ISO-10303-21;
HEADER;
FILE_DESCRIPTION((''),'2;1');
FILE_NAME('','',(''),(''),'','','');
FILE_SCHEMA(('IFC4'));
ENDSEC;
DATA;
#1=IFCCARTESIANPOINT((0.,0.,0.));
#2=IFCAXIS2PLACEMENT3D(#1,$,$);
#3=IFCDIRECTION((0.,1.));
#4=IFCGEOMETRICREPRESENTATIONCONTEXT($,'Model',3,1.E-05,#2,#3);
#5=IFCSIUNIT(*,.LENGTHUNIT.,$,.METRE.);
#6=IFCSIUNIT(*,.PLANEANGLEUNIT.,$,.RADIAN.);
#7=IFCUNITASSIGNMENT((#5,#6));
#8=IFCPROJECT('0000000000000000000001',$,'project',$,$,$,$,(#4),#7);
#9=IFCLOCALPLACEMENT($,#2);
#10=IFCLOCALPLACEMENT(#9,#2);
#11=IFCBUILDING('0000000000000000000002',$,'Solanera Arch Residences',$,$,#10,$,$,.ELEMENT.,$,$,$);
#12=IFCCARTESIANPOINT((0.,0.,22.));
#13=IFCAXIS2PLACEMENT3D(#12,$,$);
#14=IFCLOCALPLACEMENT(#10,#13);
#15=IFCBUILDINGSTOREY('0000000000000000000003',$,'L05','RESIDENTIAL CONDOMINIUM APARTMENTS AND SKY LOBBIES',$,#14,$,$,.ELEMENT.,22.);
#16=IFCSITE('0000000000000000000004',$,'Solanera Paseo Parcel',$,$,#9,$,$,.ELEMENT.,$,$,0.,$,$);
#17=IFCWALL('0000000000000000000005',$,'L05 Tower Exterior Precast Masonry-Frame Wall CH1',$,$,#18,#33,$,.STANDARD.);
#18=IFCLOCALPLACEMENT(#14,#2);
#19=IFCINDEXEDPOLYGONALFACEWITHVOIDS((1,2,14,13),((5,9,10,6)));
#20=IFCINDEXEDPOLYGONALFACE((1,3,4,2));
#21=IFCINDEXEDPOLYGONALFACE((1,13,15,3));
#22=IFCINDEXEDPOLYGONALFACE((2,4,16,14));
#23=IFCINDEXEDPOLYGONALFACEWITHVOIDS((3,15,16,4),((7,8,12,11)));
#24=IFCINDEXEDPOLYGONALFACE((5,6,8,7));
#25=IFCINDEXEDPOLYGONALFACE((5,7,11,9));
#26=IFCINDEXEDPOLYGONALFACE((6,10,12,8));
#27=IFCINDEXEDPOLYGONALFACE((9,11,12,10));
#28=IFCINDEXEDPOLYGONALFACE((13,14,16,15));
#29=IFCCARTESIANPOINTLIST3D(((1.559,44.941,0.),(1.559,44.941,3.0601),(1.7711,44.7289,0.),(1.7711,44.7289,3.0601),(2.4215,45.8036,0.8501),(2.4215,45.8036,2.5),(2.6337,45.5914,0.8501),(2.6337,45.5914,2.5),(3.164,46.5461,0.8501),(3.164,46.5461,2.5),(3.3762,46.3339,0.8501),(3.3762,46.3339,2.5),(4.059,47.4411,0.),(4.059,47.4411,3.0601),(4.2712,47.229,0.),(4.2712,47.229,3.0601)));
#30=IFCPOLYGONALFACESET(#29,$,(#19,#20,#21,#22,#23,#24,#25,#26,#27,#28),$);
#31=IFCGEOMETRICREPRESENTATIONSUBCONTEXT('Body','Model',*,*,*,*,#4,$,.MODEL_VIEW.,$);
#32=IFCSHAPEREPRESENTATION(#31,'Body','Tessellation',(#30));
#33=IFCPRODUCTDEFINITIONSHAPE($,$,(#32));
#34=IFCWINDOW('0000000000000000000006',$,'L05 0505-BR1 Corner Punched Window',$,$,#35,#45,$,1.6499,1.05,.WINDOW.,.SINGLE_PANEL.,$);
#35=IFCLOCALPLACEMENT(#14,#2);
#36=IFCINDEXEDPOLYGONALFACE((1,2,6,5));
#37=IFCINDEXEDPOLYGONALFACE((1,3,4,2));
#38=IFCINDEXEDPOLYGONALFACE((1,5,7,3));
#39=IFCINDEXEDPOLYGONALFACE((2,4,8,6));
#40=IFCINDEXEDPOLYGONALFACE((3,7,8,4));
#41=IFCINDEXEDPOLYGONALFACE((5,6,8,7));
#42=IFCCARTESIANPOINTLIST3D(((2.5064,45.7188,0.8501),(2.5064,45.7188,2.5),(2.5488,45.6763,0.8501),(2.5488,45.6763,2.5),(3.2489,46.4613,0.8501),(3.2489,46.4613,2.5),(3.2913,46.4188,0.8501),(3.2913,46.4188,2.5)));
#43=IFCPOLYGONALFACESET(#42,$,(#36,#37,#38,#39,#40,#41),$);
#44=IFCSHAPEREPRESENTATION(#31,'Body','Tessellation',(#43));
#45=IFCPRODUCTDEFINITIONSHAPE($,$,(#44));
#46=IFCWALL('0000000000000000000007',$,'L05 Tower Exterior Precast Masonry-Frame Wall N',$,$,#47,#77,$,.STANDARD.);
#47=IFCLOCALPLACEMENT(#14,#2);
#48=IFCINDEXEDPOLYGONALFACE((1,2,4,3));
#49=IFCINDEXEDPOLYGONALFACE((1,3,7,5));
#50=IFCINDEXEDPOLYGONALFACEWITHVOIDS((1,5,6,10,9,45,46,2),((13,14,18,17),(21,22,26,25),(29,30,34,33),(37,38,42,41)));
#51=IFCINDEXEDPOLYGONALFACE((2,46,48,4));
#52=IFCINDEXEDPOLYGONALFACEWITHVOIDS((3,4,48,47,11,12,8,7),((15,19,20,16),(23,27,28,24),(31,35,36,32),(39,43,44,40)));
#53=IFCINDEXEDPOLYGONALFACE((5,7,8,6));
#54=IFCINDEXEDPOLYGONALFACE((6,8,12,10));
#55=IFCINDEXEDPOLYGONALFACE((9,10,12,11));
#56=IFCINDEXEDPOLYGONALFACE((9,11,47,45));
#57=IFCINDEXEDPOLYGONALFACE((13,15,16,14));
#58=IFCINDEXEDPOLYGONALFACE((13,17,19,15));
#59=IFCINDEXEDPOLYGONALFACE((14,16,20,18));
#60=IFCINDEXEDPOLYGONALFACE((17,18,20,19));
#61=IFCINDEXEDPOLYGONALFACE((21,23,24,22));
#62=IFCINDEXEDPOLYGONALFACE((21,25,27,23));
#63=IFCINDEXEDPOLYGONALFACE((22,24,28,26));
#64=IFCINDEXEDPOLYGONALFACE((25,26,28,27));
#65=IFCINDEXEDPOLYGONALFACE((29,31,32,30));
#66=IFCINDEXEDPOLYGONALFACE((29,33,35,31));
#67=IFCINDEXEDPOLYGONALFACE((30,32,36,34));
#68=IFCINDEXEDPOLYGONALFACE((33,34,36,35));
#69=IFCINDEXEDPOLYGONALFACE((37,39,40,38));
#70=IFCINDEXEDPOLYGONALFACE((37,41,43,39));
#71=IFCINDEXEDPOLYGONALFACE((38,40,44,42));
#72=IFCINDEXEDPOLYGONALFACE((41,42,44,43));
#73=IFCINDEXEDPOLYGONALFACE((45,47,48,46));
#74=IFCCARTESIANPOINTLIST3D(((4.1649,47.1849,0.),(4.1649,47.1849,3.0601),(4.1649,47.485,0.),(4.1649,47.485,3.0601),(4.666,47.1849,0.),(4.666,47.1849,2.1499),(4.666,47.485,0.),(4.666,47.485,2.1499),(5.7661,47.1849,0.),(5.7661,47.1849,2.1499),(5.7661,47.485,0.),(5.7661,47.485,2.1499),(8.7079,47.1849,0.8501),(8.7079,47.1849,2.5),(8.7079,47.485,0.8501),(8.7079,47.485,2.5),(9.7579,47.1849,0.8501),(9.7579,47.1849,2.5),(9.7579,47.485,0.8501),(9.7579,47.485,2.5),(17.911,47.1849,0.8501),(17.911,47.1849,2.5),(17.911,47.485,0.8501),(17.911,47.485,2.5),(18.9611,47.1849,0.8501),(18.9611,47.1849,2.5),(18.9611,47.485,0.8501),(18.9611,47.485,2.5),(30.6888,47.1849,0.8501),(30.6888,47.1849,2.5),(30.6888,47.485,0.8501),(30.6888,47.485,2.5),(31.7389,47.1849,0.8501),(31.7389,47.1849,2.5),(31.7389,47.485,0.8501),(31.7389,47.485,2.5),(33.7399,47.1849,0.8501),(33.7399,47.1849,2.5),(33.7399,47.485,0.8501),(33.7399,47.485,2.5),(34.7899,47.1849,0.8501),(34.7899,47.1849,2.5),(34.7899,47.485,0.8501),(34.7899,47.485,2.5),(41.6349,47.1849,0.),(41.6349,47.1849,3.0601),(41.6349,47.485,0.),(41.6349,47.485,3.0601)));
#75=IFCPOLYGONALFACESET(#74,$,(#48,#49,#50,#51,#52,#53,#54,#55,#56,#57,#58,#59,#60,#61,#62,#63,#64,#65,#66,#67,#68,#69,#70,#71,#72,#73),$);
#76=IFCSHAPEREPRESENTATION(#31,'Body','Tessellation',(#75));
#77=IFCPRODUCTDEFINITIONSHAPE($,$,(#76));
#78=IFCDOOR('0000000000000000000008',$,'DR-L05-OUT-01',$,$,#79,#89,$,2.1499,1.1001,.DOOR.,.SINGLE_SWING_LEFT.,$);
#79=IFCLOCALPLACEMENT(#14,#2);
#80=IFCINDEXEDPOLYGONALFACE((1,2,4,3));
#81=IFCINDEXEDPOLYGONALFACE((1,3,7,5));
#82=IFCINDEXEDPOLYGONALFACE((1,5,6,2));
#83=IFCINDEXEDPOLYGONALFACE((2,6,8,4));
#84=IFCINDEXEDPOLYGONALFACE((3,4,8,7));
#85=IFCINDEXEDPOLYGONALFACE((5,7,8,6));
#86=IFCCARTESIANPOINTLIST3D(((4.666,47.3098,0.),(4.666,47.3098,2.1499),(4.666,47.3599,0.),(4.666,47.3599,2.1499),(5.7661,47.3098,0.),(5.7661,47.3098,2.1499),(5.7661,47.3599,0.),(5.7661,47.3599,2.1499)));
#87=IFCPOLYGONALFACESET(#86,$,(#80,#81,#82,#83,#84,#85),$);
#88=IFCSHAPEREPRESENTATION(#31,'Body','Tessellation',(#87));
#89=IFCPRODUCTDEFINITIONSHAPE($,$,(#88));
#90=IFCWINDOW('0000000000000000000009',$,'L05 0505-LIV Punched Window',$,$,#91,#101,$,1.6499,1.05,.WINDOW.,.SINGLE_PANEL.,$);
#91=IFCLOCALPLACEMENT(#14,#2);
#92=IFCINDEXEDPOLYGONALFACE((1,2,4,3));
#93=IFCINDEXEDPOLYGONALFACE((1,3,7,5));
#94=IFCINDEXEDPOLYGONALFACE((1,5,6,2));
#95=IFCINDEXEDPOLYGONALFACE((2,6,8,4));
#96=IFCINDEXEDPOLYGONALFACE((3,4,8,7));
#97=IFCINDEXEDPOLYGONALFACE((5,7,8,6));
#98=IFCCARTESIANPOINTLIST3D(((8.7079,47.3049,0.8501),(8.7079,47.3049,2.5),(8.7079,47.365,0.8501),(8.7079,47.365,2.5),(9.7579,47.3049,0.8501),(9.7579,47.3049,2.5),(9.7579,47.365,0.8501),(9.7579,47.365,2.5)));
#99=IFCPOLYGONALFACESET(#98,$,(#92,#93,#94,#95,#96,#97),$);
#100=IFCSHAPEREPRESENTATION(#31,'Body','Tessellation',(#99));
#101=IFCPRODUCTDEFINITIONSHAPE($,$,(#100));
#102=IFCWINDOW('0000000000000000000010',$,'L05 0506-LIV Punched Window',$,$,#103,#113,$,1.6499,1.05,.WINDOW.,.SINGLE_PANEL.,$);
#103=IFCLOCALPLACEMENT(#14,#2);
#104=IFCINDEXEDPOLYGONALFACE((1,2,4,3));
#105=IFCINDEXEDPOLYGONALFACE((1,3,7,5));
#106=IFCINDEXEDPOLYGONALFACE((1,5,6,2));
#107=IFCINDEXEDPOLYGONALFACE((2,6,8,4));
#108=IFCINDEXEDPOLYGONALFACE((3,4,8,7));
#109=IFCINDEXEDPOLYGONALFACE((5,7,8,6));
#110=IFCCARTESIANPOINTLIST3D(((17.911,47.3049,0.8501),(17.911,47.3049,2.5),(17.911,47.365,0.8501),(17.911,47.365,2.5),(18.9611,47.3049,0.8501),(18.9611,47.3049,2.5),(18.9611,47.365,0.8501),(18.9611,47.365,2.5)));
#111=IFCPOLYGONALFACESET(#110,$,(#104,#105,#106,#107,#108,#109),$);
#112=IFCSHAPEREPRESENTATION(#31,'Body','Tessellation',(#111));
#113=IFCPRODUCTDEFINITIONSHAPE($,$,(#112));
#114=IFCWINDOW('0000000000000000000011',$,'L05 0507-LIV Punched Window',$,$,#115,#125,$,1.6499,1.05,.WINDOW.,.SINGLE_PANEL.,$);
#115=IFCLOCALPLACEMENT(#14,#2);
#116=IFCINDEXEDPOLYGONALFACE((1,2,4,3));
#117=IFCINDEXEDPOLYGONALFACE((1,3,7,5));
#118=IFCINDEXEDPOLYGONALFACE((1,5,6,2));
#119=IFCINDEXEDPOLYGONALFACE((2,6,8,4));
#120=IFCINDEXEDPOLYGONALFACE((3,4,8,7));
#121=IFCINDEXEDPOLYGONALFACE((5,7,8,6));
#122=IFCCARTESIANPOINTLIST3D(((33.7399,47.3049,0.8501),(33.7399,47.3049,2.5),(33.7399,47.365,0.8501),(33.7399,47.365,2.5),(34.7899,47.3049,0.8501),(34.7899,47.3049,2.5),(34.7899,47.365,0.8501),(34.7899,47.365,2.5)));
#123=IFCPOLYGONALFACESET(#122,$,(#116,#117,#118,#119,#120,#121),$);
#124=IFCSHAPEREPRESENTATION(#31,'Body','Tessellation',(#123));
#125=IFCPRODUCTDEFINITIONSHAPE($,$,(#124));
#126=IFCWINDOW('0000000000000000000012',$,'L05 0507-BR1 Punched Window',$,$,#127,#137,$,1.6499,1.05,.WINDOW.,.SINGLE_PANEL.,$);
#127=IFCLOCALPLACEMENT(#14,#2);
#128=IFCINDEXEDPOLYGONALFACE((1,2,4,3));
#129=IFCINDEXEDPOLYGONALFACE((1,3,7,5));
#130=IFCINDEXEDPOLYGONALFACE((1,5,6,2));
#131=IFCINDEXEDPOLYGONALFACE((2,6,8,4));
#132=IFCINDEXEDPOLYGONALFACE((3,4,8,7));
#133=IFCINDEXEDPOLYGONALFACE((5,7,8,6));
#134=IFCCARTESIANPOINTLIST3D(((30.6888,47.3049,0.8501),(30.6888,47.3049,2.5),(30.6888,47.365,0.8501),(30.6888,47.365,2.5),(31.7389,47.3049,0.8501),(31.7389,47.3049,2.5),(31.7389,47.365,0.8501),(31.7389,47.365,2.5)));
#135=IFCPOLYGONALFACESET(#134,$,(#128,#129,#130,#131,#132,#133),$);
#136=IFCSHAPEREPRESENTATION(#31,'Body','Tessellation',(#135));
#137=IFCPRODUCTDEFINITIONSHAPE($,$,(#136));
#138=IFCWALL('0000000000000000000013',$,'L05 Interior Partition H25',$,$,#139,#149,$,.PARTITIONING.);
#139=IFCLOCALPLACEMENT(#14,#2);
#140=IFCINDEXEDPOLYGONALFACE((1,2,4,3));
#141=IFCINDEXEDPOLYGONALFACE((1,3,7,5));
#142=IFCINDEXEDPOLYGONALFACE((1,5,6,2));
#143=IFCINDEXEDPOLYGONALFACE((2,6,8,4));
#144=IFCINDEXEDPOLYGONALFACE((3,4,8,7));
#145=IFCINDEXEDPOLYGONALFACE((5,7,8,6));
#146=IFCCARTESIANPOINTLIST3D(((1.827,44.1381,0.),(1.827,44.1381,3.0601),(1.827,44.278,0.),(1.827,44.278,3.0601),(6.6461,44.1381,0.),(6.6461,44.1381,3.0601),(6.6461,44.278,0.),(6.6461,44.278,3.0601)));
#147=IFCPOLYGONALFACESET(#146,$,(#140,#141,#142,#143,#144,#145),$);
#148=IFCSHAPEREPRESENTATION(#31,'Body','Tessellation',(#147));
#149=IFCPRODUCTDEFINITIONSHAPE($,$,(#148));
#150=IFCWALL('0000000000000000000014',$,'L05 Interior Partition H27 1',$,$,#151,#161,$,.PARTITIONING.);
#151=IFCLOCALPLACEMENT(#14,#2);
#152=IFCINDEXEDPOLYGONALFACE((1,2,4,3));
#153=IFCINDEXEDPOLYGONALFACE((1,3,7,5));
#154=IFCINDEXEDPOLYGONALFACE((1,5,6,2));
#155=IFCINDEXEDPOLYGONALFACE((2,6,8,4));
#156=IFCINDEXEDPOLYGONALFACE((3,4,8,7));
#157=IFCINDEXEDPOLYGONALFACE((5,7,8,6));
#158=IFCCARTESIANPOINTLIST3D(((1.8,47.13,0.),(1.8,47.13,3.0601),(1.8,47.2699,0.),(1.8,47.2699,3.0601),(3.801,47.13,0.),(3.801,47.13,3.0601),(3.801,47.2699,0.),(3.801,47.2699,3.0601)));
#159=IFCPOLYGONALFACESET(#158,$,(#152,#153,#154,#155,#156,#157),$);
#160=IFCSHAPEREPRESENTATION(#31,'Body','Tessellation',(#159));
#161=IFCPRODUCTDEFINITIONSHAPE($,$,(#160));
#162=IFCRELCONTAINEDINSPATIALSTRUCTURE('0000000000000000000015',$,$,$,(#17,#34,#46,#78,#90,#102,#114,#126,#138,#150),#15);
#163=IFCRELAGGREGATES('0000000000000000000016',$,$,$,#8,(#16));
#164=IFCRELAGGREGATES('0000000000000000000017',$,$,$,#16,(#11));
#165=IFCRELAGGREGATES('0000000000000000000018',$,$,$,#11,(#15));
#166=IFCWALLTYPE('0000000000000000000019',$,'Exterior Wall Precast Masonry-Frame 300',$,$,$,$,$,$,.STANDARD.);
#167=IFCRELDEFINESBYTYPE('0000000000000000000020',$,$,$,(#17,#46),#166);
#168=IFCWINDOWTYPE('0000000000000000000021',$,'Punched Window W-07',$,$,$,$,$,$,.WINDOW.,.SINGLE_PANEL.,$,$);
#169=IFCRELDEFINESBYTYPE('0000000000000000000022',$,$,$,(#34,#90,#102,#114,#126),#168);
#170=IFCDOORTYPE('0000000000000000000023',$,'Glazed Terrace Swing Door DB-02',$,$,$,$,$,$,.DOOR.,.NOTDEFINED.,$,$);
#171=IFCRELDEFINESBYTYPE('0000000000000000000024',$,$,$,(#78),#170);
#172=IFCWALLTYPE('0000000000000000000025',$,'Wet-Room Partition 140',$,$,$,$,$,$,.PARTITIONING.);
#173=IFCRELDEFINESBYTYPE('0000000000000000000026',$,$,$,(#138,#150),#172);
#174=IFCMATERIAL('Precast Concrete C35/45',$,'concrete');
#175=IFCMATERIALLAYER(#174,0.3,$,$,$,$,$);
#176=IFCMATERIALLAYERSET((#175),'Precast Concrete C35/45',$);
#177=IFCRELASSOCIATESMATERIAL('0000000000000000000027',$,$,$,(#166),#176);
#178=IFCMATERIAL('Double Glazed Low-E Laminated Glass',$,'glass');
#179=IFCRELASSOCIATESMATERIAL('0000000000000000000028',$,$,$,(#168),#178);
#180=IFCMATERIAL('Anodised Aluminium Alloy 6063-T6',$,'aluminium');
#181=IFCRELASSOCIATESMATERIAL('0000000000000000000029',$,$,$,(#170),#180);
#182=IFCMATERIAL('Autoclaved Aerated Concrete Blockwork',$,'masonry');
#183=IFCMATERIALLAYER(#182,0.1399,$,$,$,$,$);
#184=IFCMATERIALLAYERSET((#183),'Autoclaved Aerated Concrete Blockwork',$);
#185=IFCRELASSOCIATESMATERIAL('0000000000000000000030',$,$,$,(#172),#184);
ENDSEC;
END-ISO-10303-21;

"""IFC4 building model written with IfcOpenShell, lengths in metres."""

from ifc_helpers import new_model, si_unit, direction, frame, frame_2d, origin, place, context, subcontext, project, spatial, rectangle, extrude, material, layer, layer_set, type_object, element, fill, save


model = new_model("IFC4")

# Units and contexts
model_context = context("Model", 3, precision=1e-05, world=origin(), true_north=direction((0.0, 1.0)))
body_context = subcontext(model_context, "Body", "Model", "MODEL_VIEW")
ifc_project = project(units=[si_unit("LENGTHUNIT", "METRE"), si_unit("PLANEANGLEUNIT", "RADIAN")], contexts=[model_context])

# Site, building, storey
site_placement = place(None, origin())
site = spatial("IfcSite", under=ifc_project, at=site_placement, Name="Solanera Paseo Parcel", CompositionType="ELEMENT", RefElevation=0.0)
building_placement = place(site_placement, origin())
building = spatial("IfcBuilding", under=site, at=building_placement, Name="Solanera Arch Residences", CompositionType="ELEMENT")
storey_placement = place(building_placement, frame((0.0, 0.0, 22.0)))
storey = spatial("IfcBuildingStorey", under=building, at=storey_placement, Name="L05", Description="RESIDENTIAL CONDOMINIUM APARTMENTS AND SKY LOBBIES", CompositionType="ELEMENT", Elevation=22.0)

# Wall, opening, window
ifc_material_1 = material(Name="Precast Concrete C35/45", Category="concrete")
ifc_layer_1 = layer(ifc_material_1, 0.3)
ifc_layer_set_1 = layer_set([ifc_layer_1], Name="Precast Concrete C35/45")
wall_type_1 = type_object("IfcWallType", Name="Exterior Wall Precast Masonry-Frame 300", PredefinedType="STANDARD", material=ifc_layer_set_1)
wall_1_placement = place(storey_placement, frame((1.665, 44.835, 0.0), z_axis=(0.0, 0.0, 1.0), x_axis=(0.707107, 0.707107, 0.0)))
wall_1 = element("IfcWall", 1, at=wall_1_placement, inside=storey, type_object=wall_type_1, Name="L05 Tower Exterior Precast Masonry-Frame Wall CH1", PredefinedType="STANDARD", context=body_context, shape_type="SweptSolid", body=[
    extrude(rectangle(XDim=3.5356, YDim=0.3, at=frame_2d((1.7678, 0.0))), origin(), (0.0, 0.0, 1.0), 3.0601),
])
opening_1_placement = place(wall_1_placement, frame((1.22, 0.0, 0.8501)))
opening_1 = element("IfcOpeningElement", 2, at=opening_1_placement, cuts=wall_1, PredefinedType="OPENING", context=body_context, shape_type="SweptSolid", body=[
    extrude(rectangle(XDim=1.05, YDim=1.6499, at=frame_2d((0.5249, 0.825))), frame((0.0, 0.1599, 0.0), z_axis=(0.0, -1.0, 0.0), x_axis=(1.0, 0.0, 0.0)), (0.0, 0.0, 1.0), 0.32),
])
ifc_material_2 = material(Name="Double Glazed Low-E Laminated Glass", Category="glass")
window_type = type_object("IfcWindowType", Name="Punched Window W-07", PartitioningType="SINGLE_PANEL", PredefinedType="WINDOW", material=ifc_material_2)
window_1_placement = place(opening_1_placement, origin())
window_1 = element("IfcWindow", 3, at=window_1_placement, inside=storey, type_object=window_type, Name="L05 0505-BR1 Corner Punched Window", OverallHeight=1.6499, OverallWidth=1.05, PartitioningType="SINGLE_PANEL", PredefinedType="WINDOW", context=body_context, shape_type="SweptSolid", body=[
    extrude(rectangle(XDim=1.05, YDim=1.6499, at=frame_2d((0.5249, 0.825))), frame((0.0, 0.03, 0.0), z_axis=(0.0, -1.0, 0.0), x_axis=(1.0, 0.0, 0.0)), (0.0, 0.0, 1.0), 0.0601),
])
fill(opening_1, window_1)

# Wall, openings, door, windows
wall_2_placement = place(storey_placement, frame((4.165, 47.335, 0.0), z_axis=(0.0, 0.0, 1.0), x_axis=(1.0, 0.0, 0.0)))
wall_2 = element("IfcWall", 4, at=wall_2_placement, inside=storey, type_object=wall_type_1, Name="L05 Tower Exterior Precast Masonry-Frame Wall N", PredefinedType="STANDARD", context=body_context, shape_type="SweptSolid", body=[
    extrude(rectangle(XDim=37.47, YDim=0.3, at=frame_2d((18.7349, 0.0))), origin(), (0.0, 0.0, 1.0), 3.0601),
])
opening_2_placement = place(wall_2_placement, frame((0.501, 0.0, 0.0)))
opening_2 = element("IfcOpeningElement", 5, at=opening_2_placement, cuts=wall_2, PredefinedType="OPENING", context=body_context, shape_type="SweptSolid", body=[
    extrude(rectangle(XDim=1.1001, YDim=2.1499, at=frame_2d((0.55, 1.075))), frame((0.0, 0.1599, 0.0), z_axis=(0.0, -1.0, 0.0), x_axis=(1.0, 0.0, 0.0)), (0.0, 0.0, 1.0), 0.32),
])
opening_3_placement = place(wall_2_placement, frame((4.543, 0.0, 0.8501)))
opening_3 = element("IfcOpeningElement", 6, at=opening_3_placement, cuts=wall_2, PredefinedType="OPENING", context=body_context, shape_type="SweptSolid", body=[
    extrude(rectangle(XDim=1.05, YDim=1.6499, at=frame_2d((0.5249, 0.825))), frame((0.0, 0.1599, 0.0), z_axis=(0.0, -1.0, 0.0), x_axis=(1.0, 0.0, 0.0)), (0.0, 0.0, 1.0), 0.32),
])
opening_4_placement = place(wall_2_placement, frame((13.7461, 0.0, 0.8501)))
opening_4 = element("IfcOpeningElement", 7, at=opening_4_placement, cuts=wall_2, PredefinedType="OPENING", context=body_context, shape_type="SweptSolid", body=[
    extrude(rectangle(XDim=1.05, YDim=1.6499, at=frame_2d((0.5249, 0.825))), frame((0.0, 0.1599, 0.0), z_axis=(0.0, -1.0, 0.0), x_axis=(1.0, 0.0, 0.0)), (0.0, 0.0, 1.0), 0.32),
])
opening_5_placement = place(wall_2_placement, frame((29.575, 0.0, 0.8501)))
opening_5 = element("IfcOpeningElement", 8, at=opening_5_placement, cuts=wall_2, PredefinedType="OPENING", context=body_context, shape_type="SweptSolid", body=[
    extrude(rectangle(XDim=1.05, YDim=1.6499, at=frame_2d((0.5249, 0.825))), frame((0.0, 0.1599, 0.0), z_axis=(0.0, -1.0, 0.0), x_axis=(1.0, 0.0, 0.0)), (0.0, 0.0, 1.0), 0.32),
])
opening_6_placement = place(wall_2_placement, frame((26.5239, 0.0, 0.8501)))
opening_6 = element("IfcOpeningElement", 9, at=opening_6_placement, cuts=wall_2, PredefinedType="OPENING", context=body_context, shape_type="SweptSolid", body=[
    extrude(rectangle(XDim=1.05, YDim=1.6499, at=frame_2d((0.5249, 0.825))), frame((0.0, 0.1599, 0.0), z_axis=(0.0, -1.0, 0.0), x_axis=(1.0, 0.0, 0.0)), (0.0, 0.0, 1.0), 0.32),
])
ifc_material_3 = material(Name="Anodised Aluminium Alloy 6063-T6", Category="aluminium")
door_type_1 = type_object("IfcDoorType", Name="Glazed Terrace Swing Door DB-02", OperationType="NOTDEFINED", PredefinedType="DOOR", material=ifc_material_3)
door_1_placement = place(opening_2_placement, origin())
door_1 = element("IfcDoor", 10, at=door_1_placement, inside=storey, type_object=door_type_1, Name="DR-L05-OUT-01", OperationType="SINGLE_SWING_LEFT", OverallHeight=2.1499, OverallWidth=1.1001, PredefinedType="DOOR", context=body_context, shape_type="SweptSolid", body=[
    extrude(rectangle(XDim=1.1001, YDim=2.1499, at=frame_2d((0.55, 1.075))), frame((0.0, 0.0249, 0.0), z_axis=(0.0, -1.0, 0.0), x_axis=(1.0, 0.0, 0.0)), (0.0, 0.0, 1.0), 0.05),
])
fill(opening_2, door_1)
window_2_placement = place(opening_3_placement, origin())
window_2 = element("IfcWindow", 11, at=window_2_placement, inside=storey, type_object=window_type, Name="L05 0505-LIV Punched Window", OverallHeight=1.6499, OverallWidth=1.05, PartitioningType="SINGLE_PANEL", PredefinedType="WINDOW", context=body_context, shape_type="SweptSolid", body=[
    extrude(rectangle(XDim=1.05, YDim=1.6499, at=frame_2d((0.5249, 0.825))), frame((0.0, 0.03, 0.0), z_axis=(0.0, -1.0, 0.0), x_axis=(1.0, 0.0, 0.0)), (0.0, 0.0, 1.0), 0.0601),
])
fill(opening_3, window_2)
window_3_placement = place(opening_4_placement, origin())
window_3 = element("IfcWindow", 12, at=window_3_placement, inside=storey, type_object=window_type, Name="L05 0506-LIV Punched Window", OverallHeight=1.6499, OverallWidth=1.05, PartitioningType="SINGLE_PANEL", PredefinedType="WINDOW", context=body_context, shape_type="SweptSolid", body=[
    extrude(rectangle(XDim=1.05, YDim=1.6499, at=frame_2d((0.5249, 0.825))), frame((0.0, 0.03, 0.0), z_axis=(0.0, -1.0, 0.0), x_axis=(1.0, 0.0, 0.0)), (0.0, 0.0, 1.0), 0.0601),
])
fill(opening_4, window_3)
window_4_placement = place(opening_5_placement, origin())
window_4 = element("IfcWindow", 13, at=window_4_placement, inside=storey, type_object=window_type, Name="L05 0507-LIV Punched Window", OverallHeight=1.6499, OverallWidth=1.05, PartitioningType="SINGLE_PANEL", PredefinedType="WINDOW", context=body_context, shape_type="SweptSolid", body=[
    extrude(rectangle(XDim=1.05, YDim=1.6499, at=frame_2d((0.5249, 0.825))), frame((0.0, 0.03, 0.0), z_axis=(0.0, -1.0, 0.0), x_axis=(1.0, 0.0, 0.0)), (0.0, 0.0, 1.0), 0.0601),
])
fill(opening_5, window_4)
window_5_placement = place(opening_6_placement, origin())
window_5 = element("IfcWindow", 14, at=window_5_placement, inside=storey, type_object=window_type, Name="L05 0507-BR1 Punched Window", OverallHeight=1.6499, OverallWidth=1.05, PartitioningType="SINGLE_PANEL", PredefinedType="WINDOW", context=body_context, shape_type="SweptSolid", body=[
    extrude(rectangle(XDim=1.05, YDim=1.6499, at=frame_2d((0.5249, 0.825))), frame((0.0, 0.03, 0.0), z_axis=(0.0, -1.0, 0.0), x_axis=(1.0, 0.0, 0.0)), (0.0, 0.0, 1.0), 0.0601),
])
fill(opening_6, window_5)

# Walls
ifc_material_4 = material(Name="Autoclaved Aerated Concrete Blockwork", Category="masonry")
ifc_layer_2 = layer(ifc_material_4, 0.1399)
ifc_layer_set_2 = layer_set([ifc_layer_2], Name="Autoclaved Aerated Concrete Blockwork")
wall_type_2 = type_object("IfcWallType", Name="Wet-Room Partition 140", PredefinedType="PARTITIONING", material=ifc_layer_set_2)
wall_3_placement = place(storey_placement, frame((1.8269, 44.208, 0.0), z_axis=(0.0, 0.0, 1.0), x_axis=(1.0, 0.0, 0.0)))
element("IfcWall", 15, at=wall_3_placement, inside=storey, type_object=wall_type_2, Name="L05 Interior Partition H25", PredefinedType="PARTITIONING", context=body_context, shape_type="SweptSolid", body=[
    extrude(rectangle(XDim=4.8191, YDim=0.1399, at=frame_2d((2.4097, 0.0))), origin(), (0.0, 0.0, 1.0), 3.0601),
])
wall_4_placement = place(storey_placement, frame((1.8, 47.2, 0.0), z_axis=(0.0, 0.0, 1.0), x_axis=(1.0, 0.0, 0.0)))
element("IfcWall", 16, at=wall_4_placement, inside=storey, type_object=wall_type_2, Name="L05 Interior Partition H27 1", PredefinedType="PARTITIONING", context=body_context, shape_type="SweptSolid", body=[
    extrude(rectangle(XDim=2.001, YDim=0.1399, at=frame_2d((1.0005, 0.0))), origin(), (0.0, 0.0, 1.0), 3.0601),
])

save(model, "model.ifc")
